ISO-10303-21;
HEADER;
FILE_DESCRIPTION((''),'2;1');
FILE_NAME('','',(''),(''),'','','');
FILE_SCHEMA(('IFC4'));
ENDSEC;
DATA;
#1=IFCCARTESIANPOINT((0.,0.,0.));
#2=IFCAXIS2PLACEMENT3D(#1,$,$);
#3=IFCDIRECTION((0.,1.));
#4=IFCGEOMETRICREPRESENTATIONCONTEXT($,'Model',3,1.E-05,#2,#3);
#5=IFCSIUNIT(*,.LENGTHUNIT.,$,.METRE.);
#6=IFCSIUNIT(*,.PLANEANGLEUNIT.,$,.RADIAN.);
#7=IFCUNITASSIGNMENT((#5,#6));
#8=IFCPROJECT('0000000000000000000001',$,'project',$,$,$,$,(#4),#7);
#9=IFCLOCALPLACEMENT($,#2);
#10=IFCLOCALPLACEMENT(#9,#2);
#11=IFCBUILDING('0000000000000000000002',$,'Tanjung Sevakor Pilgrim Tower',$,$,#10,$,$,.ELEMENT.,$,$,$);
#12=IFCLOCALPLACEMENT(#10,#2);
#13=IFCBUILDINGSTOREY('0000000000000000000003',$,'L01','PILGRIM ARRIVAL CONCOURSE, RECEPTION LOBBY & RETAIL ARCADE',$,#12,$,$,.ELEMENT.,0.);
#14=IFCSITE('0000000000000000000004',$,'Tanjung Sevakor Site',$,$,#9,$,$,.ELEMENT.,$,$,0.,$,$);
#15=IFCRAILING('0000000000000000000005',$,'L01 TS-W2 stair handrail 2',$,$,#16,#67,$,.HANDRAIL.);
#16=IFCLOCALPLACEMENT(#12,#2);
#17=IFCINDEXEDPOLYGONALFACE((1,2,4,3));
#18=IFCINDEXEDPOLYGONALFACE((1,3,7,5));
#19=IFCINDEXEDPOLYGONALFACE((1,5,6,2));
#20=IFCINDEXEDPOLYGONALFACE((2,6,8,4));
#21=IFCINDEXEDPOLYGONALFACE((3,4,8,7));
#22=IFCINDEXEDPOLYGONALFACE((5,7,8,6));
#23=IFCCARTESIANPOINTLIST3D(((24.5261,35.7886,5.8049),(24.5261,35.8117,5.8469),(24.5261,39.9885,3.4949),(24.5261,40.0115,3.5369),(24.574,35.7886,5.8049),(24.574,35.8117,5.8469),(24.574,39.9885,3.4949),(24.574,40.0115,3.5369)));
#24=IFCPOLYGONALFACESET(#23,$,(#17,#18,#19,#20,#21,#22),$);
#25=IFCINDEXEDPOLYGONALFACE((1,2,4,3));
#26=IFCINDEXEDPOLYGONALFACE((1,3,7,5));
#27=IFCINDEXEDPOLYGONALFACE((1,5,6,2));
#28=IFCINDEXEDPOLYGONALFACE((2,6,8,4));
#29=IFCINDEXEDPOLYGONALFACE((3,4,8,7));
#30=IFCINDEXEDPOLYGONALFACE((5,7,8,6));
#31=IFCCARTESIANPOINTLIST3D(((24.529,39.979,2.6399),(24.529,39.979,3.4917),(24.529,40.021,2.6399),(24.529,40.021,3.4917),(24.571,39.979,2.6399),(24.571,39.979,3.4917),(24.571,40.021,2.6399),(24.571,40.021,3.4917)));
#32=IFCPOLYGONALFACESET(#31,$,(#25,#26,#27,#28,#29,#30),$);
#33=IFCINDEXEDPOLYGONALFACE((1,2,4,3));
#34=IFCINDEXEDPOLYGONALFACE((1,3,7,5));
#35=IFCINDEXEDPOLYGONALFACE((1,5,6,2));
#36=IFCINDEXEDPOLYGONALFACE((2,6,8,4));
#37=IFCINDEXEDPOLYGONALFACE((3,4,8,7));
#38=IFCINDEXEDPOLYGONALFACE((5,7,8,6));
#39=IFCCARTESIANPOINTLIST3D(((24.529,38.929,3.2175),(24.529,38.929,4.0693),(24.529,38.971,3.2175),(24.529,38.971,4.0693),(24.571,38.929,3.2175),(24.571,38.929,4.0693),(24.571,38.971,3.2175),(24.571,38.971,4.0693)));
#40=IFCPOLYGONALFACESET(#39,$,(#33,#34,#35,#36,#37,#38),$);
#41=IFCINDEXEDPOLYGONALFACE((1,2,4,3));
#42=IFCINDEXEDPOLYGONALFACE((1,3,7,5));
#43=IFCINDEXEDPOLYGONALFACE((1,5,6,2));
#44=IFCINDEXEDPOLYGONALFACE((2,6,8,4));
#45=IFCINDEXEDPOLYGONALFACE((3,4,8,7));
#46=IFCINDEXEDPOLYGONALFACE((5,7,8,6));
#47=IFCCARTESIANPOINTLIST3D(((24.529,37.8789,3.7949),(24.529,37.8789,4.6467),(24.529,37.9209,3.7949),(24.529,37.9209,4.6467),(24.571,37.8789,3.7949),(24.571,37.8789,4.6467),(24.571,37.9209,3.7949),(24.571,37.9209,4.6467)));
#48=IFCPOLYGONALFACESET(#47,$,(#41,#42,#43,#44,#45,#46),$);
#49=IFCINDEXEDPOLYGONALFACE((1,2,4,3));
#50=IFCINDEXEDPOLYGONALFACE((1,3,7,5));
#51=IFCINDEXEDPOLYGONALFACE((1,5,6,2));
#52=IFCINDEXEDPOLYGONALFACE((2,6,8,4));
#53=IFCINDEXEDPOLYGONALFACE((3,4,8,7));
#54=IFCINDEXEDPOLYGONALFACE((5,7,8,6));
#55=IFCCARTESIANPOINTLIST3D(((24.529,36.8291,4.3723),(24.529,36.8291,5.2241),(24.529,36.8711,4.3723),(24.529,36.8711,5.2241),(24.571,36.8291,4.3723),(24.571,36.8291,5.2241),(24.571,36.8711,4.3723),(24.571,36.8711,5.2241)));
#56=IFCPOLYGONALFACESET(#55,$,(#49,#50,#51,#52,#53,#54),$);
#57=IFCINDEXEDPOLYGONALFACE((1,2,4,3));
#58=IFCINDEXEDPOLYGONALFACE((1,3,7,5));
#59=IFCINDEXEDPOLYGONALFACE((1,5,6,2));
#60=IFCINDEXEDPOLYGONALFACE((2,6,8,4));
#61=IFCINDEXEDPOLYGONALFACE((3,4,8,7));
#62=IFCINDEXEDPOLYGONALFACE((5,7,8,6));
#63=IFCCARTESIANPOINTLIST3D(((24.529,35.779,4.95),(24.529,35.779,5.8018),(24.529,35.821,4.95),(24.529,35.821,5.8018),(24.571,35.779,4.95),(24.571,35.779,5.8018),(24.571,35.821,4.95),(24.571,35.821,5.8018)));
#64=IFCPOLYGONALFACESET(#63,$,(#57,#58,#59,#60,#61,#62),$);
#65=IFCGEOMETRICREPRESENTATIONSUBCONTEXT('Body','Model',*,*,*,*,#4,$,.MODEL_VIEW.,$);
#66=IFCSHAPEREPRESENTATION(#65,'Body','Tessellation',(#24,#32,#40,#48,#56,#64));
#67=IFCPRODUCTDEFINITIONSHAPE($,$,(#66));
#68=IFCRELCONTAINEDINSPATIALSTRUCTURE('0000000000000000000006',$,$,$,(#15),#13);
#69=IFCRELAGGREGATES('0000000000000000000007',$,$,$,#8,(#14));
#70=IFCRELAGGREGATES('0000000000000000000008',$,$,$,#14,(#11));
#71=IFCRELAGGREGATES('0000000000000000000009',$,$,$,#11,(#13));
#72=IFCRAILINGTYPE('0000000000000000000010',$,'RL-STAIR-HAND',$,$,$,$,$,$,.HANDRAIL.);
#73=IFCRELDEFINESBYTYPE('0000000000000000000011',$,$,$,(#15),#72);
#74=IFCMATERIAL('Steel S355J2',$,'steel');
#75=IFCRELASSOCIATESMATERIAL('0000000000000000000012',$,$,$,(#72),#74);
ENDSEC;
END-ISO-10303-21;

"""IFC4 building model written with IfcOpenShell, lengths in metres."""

from ifc_helpers import new_model, si_unit, direction, frame, origin, place, context, subcontext, project, spatial, rectangle, extrude, material, type_object, element, save


model = new_model("IFC4")

# Units and contexts
model_context = context("Model", 3, precision=1e-05, world=origin(), true_north=direction((0.0, 1.0)))
body_context = subcontext(model_context, "Body", "Model", "MODEL_VIEW")
ifc_project = project(units=[si_unit("LENGTHUNIT", "METRE"), si_unit("PLANEANGLEUNIT", "RADIAN")], contexts=[model_context])

# Site, building, storey
site_placement = place(None, origin())
site = spatial("IfcSite", under=ifc_project, at=site_placement, Name="Tanjung Sevakor Site", CompositionType="ELEMENT", RefElevation=0.0)
building_placement = place(site_placement, origin())
building = spatial("IfcBuilding", under=site, at=building_placement, Name="Tanjung Sevakor Pilgrim Tower", CompositionType="ELEMENT")
storey_placement = place(building_placement, origin())
storey = spatial("IfcBuildingStorey", under=building, at=storey_placement, Name="L01", Description="PILGRIM ARRIVAL CONCOURSE, RECEPTION LOBBY & RETAIL ARCADE", CompositionType="ELEMENT", Elevation=0.0)

# Railing
ifc_material_1 = material(Name="Steel S355J2", Category="steel")
railing_type_1 = type_object("IfcRailingType", Name="RL-STAIR-HAND", PredefinedType="HANDRAIL", material=ifc_material_1)
for number, where, name in (
    (1, (24.55, 40.0, 2.6399), "L01 TS-W2 stair handrail 2"),
):
    element("IfcRailing", number, at=place(storey_placement, frame(where)), inside=storey, type_object=railing_type_1, Name=name, PredefinedType="HANDRAIL", context=body_context, shape_type="SweptSolid", body=[
        extrude(rectangle(XDim=0.0479, YDim=0.0479), frame((0.0, 0.0, 0.876), z_axis=(0.0, -0.876208, 0.481932), x_axis=(1.0, 0.0, 0.0)), (0.0, 0.0, 1.0), 4.7932),
        extrude(rectangle(XDim=0.042, YDim=0.042), origin(), (0.0, 0.0, 1.0), 0.8518),
        extrude(rectangle(XDim=0.042, YDim=0.042), frame((0.0, -1.05, 0.5776)), (0.0, 0.0, 1.0), 0.8518),
        extrude(rectangle(XDim=0.042, YDim=0.042), frame((0.0, -2.1001, 1.155)), (0.0, 0.0, 1.0), 0.8518),
        extrude(rectangle(XDim=0.042, YDim=0.042), frame((0.0, -3.1499, 1.7324)), (0.0, 0.0, 1.0), 0.8518),
        extrude(rectangle(XDim=0.042, YDim=0.042), frame((0.0, -4.2, 2.3101)), (0.0, 0.0, 1.0), 0.8518),
    ])

save(model, "model.ifc")
